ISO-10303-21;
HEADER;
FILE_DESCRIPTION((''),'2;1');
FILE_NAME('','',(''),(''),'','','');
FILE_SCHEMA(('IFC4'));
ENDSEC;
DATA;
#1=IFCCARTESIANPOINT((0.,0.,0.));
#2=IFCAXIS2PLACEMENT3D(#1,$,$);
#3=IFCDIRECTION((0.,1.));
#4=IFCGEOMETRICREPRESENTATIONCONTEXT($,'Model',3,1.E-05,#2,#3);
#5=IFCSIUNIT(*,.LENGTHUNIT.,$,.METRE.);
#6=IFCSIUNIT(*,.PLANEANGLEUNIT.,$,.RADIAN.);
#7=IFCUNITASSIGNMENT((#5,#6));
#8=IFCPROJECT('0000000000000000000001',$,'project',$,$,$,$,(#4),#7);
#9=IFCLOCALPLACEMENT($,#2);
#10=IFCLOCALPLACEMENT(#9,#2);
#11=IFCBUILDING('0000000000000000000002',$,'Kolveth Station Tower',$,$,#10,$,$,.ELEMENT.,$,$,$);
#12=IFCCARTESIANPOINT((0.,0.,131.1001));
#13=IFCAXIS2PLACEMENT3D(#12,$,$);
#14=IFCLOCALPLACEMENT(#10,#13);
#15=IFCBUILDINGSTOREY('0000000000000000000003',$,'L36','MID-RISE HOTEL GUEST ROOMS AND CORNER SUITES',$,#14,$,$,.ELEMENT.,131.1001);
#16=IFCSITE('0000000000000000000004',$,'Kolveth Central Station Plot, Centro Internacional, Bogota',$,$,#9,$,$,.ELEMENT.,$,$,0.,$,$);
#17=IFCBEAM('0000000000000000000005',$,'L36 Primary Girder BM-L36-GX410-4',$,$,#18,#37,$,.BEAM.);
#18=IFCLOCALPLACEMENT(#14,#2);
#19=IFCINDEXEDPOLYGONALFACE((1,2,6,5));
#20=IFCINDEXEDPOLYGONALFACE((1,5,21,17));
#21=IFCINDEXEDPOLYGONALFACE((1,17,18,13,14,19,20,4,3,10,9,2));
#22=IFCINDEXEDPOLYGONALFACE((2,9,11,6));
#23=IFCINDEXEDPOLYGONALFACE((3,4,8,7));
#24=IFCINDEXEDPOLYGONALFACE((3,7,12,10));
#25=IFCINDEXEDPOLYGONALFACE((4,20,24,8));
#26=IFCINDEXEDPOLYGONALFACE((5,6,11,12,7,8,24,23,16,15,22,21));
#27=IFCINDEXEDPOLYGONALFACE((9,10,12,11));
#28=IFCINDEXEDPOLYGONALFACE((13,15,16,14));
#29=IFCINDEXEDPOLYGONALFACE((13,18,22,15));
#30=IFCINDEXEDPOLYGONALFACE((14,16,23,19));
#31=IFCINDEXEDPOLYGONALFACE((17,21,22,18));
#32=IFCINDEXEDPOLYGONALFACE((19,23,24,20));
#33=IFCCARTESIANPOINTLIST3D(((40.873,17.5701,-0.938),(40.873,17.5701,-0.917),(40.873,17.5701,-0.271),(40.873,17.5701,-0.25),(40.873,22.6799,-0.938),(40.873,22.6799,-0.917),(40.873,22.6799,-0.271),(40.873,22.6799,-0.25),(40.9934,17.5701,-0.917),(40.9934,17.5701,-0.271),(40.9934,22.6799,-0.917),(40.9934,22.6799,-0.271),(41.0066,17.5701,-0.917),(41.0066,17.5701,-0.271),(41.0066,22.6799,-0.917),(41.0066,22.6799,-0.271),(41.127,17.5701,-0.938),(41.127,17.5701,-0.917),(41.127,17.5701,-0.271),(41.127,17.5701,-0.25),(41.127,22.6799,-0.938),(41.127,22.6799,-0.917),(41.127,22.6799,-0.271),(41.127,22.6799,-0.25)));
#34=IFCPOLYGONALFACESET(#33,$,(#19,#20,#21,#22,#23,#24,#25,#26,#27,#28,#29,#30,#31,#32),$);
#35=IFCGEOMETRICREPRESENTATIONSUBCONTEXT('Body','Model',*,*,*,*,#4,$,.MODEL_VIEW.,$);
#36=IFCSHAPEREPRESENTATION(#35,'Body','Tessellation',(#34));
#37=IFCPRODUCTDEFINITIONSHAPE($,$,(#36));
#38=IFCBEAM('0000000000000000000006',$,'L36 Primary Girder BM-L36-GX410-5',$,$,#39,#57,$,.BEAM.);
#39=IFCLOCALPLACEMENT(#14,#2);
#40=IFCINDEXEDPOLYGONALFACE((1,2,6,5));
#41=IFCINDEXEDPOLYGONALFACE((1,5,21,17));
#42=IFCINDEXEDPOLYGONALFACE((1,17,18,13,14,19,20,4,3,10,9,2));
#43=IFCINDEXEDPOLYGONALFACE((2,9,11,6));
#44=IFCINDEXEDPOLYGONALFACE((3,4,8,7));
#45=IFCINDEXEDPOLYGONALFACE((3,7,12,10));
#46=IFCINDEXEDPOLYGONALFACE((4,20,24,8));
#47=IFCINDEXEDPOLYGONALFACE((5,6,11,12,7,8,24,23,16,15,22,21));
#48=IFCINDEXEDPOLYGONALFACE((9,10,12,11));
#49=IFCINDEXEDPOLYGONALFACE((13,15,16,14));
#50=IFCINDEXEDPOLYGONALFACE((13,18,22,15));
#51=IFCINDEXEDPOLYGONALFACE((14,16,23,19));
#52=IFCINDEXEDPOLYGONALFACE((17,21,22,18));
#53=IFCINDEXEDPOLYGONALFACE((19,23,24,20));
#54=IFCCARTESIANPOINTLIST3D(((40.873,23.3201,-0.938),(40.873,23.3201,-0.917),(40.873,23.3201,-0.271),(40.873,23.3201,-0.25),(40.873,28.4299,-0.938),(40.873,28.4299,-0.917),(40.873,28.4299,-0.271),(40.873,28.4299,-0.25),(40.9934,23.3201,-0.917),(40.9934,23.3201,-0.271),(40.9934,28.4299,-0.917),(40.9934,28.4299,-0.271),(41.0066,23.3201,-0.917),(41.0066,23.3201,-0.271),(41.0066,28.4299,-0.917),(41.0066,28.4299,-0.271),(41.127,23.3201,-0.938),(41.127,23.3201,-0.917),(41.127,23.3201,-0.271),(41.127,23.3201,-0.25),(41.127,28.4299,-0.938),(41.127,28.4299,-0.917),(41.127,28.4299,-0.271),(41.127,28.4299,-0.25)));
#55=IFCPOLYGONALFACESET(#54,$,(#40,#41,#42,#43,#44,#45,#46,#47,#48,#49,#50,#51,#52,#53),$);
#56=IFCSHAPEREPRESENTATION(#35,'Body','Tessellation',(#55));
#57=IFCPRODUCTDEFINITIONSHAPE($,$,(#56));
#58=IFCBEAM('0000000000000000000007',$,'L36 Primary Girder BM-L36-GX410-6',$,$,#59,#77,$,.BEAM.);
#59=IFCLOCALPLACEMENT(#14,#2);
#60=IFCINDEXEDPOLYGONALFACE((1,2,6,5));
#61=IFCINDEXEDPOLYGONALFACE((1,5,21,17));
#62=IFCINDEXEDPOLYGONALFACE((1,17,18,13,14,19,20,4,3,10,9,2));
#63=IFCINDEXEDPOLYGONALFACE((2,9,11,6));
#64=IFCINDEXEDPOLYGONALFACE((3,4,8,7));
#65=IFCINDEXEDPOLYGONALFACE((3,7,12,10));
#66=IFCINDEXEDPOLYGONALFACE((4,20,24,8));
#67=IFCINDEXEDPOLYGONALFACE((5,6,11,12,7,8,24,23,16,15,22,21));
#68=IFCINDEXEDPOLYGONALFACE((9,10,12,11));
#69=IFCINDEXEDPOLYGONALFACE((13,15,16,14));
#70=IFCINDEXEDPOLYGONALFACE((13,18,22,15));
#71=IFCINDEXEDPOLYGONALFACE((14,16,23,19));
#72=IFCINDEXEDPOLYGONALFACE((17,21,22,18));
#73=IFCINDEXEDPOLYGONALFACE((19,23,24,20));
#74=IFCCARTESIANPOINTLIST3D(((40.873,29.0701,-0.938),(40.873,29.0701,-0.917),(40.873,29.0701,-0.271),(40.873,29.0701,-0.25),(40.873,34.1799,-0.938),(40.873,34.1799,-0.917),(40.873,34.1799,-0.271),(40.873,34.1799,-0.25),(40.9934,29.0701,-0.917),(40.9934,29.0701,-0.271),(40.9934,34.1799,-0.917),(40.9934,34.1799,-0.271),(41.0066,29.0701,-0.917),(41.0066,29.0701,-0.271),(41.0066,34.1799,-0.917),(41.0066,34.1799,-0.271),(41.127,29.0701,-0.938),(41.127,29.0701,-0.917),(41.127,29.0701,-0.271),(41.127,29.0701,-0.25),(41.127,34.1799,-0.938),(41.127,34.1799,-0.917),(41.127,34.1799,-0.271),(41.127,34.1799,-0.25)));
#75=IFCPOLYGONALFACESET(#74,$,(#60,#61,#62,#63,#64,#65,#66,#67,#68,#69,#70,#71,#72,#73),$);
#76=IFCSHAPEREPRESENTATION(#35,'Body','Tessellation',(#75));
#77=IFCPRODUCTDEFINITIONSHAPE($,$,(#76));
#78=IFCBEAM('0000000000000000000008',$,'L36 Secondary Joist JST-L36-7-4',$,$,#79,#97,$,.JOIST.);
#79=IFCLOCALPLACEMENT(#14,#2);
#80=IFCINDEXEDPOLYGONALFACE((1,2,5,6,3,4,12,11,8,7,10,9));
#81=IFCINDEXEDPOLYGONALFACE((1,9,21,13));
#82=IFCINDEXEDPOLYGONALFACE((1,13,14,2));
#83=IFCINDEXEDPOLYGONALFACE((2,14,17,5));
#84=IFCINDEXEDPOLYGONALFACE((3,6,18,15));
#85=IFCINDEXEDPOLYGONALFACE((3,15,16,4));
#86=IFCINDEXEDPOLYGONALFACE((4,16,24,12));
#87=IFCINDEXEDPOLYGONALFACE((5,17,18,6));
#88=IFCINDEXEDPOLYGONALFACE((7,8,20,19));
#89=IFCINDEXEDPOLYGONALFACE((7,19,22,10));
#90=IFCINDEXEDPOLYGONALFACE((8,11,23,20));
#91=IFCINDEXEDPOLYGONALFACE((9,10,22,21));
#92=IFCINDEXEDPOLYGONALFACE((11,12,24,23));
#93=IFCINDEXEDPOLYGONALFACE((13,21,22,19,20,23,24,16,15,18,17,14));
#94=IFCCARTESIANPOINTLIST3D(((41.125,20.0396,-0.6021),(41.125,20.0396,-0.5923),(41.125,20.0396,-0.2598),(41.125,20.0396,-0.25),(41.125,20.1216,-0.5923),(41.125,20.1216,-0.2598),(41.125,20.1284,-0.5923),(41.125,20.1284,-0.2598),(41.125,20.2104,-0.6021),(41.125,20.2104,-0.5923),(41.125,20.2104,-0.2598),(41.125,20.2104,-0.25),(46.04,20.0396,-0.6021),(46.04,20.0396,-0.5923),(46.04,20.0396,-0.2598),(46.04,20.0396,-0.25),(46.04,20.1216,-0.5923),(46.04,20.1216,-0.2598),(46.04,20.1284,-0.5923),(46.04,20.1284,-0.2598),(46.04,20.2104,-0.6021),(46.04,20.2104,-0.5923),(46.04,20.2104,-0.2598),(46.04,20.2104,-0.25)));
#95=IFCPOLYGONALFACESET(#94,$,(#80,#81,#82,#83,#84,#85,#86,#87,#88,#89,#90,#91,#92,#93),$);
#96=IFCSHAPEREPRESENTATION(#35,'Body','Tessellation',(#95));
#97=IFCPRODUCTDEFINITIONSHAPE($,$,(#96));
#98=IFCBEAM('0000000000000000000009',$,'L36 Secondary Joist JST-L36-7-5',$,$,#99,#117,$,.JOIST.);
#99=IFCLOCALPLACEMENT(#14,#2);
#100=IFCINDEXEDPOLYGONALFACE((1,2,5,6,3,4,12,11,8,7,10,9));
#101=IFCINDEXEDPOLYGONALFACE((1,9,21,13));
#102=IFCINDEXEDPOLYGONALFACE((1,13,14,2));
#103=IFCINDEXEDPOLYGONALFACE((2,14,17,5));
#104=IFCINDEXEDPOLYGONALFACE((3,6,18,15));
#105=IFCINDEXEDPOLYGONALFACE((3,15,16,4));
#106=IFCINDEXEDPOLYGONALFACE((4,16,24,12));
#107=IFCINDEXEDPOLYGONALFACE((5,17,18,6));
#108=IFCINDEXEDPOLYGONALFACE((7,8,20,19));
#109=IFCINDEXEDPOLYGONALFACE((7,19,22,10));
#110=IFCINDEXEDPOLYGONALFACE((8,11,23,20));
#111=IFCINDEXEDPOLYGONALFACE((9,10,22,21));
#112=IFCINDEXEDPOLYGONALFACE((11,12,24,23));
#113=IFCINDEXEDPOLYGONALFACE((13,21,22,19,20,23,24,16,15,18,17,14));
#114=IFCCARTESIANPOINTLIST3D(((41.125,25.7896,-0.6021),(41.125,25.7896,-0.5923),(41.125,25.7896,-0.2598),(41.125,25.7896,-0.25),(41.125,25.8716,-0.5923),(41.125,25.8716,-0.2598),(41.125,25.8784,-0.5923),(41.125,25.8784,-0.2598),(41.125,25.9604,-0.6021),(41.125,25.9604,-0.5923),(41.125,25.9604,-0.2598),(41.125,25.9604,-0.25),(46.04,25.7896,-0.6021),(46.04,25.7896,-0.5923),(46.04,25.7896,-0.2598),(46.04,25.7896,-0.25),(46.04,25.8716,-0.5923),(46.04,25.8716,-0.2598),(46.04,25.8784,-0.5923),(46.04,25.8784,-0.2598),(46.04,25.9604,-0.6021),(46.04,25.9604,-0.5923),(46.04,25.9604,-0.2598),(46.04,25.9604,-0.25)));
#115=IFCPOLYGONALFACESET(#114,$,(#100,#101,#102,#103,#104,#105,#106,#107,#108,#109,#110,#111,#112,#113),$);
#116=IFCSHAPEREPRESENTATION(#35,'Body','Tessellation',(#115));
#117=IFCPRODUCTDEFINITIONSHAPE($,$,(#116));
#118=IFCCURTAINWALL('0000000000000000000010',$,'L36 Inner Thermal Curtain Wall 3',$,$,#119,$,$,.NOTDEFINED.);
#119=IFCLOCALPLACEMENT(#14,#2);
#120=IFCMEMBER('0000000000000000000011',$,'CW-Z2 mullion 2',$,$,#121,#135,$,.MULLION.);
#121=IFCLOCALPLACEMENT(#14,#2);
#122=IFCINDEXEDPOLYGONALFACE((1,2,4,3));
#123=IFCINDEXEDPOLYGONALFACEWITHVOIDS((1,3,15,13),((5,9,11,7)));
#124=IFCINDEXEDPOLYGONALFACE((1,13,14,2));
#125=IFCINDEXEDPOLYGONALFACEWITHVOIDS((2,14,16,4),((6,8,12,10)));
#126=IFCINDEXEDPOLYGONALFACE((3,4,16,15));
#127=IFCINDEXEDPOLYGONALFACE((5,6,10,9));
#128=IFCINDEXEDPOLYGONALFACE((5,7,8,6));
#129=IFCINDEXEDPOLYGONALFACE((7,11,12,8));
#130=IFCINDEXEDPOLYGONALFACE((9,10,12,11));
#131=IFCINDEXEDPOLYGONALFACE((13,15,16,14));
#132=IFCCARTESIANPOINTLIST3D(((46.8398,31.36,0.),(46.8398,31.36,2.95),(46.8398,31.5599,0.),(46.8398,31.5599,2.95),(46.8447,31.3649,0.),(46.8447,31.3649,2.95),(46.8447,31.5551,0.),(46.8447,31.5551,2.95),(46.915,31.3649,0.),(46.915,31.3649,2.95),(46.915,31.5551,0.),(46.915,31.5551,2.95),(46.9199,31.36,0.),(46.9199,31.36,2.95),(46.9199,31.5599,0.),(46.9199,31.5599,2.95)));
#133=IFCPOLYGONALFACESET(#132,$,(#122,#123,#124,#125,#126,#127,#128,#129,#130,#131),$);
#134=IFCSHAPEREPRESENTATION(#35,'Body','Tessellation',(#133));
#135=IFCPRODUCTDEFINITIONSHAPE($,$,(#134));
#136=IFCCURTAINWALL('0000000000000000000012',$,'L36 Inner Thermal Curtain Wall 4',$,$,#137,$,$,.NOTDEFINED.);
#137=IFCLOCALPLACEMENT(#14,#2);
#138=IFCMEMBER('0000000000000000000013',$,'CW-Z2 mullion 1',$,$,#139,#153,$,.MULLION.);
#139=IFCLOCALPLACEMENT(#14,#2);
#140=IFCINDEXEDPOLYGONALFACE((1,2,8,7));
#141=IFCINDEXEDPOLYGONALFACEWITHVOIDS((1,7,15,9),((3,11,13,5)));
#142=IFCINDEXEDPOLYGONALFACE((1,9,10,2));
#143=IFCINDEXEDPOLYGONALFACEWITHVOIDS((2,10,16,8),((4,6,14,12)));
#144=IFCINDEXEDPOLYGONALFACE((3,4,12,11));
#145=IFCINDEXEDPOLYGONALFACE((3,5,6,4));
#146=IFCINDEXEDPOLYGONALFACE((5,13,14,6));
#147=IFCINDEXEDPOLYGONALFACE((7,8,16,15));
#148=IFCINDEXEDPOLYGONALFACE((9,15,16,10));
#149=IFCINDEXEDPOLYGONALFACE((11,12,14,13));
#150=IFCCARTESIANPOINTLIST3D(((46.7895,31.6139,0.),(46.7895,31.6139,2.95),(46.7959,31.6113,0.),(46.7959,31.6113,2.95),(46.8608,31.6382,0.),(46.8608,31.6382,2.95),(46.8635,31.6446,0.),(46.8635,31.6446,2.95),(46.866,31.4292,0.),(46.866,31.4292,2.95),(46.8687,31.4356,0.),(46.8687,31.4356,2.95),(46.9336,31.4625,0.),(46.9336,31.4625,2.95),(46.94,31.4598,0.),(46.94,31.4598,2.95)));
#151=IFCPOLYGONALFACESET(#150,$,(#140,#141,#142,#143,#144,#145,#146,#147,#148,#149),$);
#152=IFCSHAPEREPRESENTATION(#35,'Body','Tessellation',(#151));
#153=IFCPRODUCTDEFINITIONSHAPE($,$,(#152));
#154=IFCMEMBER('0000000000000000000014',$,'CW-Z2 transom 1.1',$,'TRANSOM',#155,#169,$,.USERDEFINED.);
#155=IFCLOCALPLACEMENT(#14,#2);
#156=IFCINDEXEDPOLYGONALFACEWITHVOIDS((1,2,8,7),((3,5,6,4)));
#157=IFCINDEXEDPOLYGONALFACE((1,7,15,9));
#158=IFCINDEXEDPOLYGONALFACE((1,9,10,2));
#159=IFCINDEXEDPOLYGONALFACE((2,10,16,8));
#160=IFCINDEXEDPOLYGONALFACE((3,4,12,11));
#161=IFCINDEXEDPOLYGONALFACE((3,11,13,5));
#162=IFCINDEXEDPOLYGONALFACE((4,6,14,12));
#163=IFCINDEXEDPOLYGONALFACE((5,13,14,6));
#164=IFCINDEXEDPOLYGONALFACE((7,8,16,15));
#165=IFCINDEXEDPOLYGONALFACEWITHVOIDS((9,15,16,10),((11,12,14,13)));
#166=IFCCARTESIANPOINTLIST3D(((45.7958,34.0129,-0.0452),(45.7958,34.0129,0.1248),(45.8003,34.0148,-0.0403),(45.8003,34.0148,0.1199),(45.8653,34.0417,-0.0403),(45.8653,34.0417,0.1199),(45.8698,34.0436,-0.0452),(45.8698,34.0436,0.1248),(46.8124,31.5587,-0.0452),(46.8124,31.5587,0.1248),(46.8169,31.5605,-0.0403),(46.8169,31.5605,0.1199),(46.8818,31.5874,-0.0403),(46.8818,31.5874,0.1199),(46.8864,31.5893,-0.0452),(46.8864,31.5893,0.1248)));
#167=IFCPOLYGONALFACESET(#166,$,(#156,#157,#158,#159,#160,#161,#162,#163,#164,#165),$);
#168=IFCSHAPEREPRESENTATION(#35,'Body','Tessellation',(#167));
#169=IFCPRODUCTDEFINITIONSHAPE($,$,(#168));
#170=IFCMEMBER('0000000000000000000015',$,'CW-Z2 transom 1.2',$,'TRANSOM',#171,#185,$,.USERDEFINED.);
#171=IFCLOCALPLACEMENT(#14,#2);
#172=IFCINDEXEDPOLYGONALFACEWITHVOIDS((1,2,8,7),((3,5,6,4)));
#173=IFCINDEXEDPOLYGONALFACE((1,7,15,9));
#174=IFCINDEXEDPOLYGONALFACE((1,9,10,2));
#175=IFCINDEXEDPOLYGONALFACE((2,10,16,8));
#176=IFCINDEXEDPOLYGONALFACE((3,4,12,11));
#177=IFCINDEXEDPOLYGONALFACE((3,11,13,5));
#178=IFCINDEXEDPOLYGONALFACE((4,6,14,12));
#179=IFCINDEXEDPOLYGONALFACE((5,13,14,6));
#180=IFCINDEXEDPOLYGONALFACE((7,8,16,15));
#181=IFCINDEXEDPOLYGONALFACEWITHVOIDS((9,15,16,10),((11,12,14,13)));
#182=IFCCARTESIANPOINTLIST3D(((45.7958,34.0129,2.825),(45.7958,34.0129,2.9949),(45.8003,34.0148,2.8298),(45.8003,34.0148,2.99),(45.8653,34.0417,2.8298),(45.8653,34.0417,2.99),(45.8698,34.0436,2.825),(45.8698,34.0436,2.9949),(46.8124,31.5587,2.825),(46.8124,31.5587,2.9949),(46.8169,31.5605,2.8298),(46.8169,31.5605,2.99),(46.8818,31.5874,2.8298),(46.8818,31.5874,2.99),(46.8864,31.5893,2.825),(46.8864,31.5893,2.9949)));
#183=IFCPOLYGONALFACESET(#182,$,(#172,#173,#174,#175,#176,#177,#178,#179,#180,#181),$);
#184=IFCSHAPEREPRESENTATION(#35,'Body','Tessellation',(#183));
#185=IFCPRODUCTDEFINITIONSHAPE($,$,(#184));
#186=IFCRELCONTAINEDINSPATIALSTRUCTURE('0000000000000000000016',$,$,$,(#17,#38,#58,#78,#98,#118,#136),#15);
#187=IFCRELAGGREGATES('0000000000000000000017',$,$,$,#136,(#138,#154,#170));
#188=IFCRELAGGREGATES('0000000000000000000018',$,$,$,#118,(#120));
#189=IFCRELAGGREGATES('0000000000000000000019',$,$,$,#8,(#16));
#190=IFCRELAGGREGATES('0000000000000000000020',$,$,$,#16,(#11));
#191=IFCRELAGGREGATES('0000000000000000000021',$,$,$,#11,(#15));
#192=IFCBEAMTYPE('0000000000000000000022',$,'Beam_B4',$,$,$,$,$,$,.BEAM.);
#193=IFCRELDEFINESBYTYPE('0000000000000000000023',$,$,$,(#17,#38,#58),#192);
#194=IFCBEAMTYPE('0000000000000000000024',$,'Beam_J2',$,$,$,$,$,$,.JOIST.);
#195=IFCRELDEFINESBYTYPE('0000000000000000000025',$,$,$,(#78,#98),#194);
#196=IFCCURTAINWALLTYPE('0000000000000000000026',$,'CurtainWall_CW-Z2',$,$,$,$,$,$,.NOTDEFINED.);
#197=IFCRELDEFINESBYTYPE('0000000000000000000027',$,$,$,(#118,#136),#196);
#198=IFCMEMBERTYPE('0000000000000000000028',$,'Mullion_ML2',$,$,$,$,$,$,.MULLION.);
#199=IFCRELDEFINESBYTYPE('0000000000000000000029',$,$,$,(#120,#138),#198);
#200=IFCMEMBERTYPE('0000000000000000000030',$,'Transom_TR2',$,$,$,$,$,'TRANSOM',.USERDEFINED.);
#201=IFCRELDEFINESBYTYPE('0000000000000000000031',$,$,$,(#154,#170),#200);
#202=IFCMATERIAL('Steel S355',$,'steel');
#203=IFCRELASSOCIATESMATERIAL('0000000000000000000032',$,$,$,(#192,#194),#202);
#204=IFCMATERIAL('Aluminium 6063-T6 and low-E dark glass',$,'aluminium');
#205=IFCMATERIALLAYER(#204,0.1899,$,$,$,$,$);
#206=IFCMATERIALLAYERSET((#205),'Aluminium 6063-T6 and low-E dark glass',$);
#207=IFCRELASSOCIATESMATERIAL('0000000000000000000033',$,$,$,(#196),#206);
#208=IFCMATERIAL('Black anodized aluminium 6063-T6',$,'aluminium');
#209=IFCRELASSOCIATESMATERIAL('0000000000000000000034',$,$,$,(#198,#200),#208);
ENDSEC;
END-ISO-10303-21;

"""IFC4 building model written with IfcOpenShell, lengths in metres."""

from ifc_helpers import new_model, si_unit, direction, frame, origin, origin_2d, place, context, subcontext, project, spatial, hollow_rectangle, i_section, extrude, source, transform, mapped, material, layer, layer_set, material_profile, profile_set, type_object, element, aggregate, save


model = new_model("IFC4")

# Units and contexts
model_context = context("Model", 3, precision=1e-05, world=origin(), true_north=direction((0.0, 1.0)))
body_context = subcontext(model_context, "Body", "Model", "MODEL_VIEW")
ifc_project = project(units=[si_unit("LENGTHUNIT", "METRE"), si_unit("PLANEANGLEUNIT", "RADIAN")], contexts=[model_context])

# Site, building, storey
site_placement = place(None, origin())
site = spatial("IfcSite", under=ifc_project, at=site_placement, Name="Kolveth Central Station Plot, Centro Internacional, Bogota", CompositionType="ELEMENT", RefElevation=0.0)
building_placement = place(site_placement, origin())
building = spatial("IfcBuilding", under=site, at=building_placement, Name="Kolveth Station Tower", CompositionType="ELEMENT")
storey_placement = place(building_placement, frame((0.0, 0.0, 131.1001)))
storey = spatial("IfcBuildingStorey", under=building, at=storey_placement, Name="L36", Description="MID-RISE HOTEL GUEST ROOMS AND CORNER SUITES", CompositionType="ELEMENT", Elevation=131.1001)

# Beams
ifc_material_1 = material(Name="Steel S355", Category="steel")
ifc_material_profile_1 = material_profile(ifc_material_1, i_section(OverallWidth=0.2539, OverallDepth=0.688, WebThickness=0.0132, FlangeThickness=0.021, at=origin_2d()), Name="W690x152")
ifc_profile_set_1 = profile_set([ifc_material_profile_1], Name="Steel S355")
beam_type_1 = type_object("IfcBeamType", Name="Beam_B4", PredefinedType="BEAM", material=ifc_profile_set_1)
shared_shape_1 = source(origin(), body_context, "Body", "SweptSolid", [
    extrude(i_section(OverallWidth=0.2539, OverallDepth=0.688, WebThickness=0.0132, FlangeThickness=0.021, at=origin_2d()), origin(), (0.0, 0.0, 1.0), 5.1099),
])
for number, where, z_axis, x_axis, name in (
    (1, (41.0, 17.5701, -0.594), (0.0, 1.0, 0.0), (-1.0, 0.0, 0.0), "L36 Primary Girder BM-L36-GX410-4"),
    (2, (41.0, 23.3201, -0.594), (0.0, 1.0, 0.0), (-1.0, 0.0, 0.0), "L36 Primary Girder BM-L36-GX410-5"),
    (3, (41.0, 29.0701, -0.594), (0.0, 1.0, 0.0), (-1.0, 0.0, 0.0), "L36 Primary Girder BM-L36-GX410-6"),
):
    element("IfcBeam", number, at=place(storey_placement, frame(where, z_axis=z_axis, x_axis=x_axis)), inside=storey, type_object=beam_type_1, Name=name, PredefinedType="BEAM", context=body_context, shape_type="MappedRepresentation", body=[
        mapped(shared_shape_1, transform((0.0, 0.0, 0.0), x_axis=(1.0, 0.0, 0.0), y_axis=(0.0, 1.0, 0.0), z_axis=(0.0, 0.0, 1.0), scale=1.0)),
    ])
ifc_material_profile_2 = material_profile(ifc_material_1, i_section(OverallWidth=0.1709, OverallDepth=0.3521, WebThickness=0.0068, FlangeThickness=0.0098, at=origin_2d()), Name="W360x44")
ifc_profile_set_2 = profile_set([ifc_material_profile_2], Name="Steel S355")
beam_type_2 = type_object("IfcBeamType", Name="Beam_J2", PredefinedType="JOIST", material=ifc_profile_set_2)
shared_shape_2 = source(origin(), body_context, "Body", "SweptSolid", [
    extrude(i_section(OverallWidth=0.1709, OverallDepth=0.3521, WebThickness=0.0068, FlangeThickness=0.0098, at=origin_2d()), origin(), (0.0, 0.0, 1.0), 4.915),
])
for number, where, z_axis, x_axis, name in (
    (4, (41.125, 20.125, -0.426), (1.0, 0.0, 0.0), (0.0, 1.0, 0.0), "L36 Secondary Joist JST-L36-7-4"),
    (5, (41.125, 25.875, -0.426), (1.0, 0.0, 0.0), (0.0, 1.0, 0.0), "L36 Secondary Joist JST-L36-7-5"),
):
    element("IfcBeam", number, at=place(storey_placement, frame(where, z_axis=z_axis, x_axis=x_axis)), inside=storey, type_object=beam_type_2, Name=name, PredefinedType="JOIST", context=body_context, shape_type="MappedRepresentation", body=[
        mapped(shared_shape_2, transform((0.0, 0.0, 0.0), x_axis=(1.0, 0.0, 0.0), y_axis=(0.0, 1.0, 0.0), z_axis=(0.0, 0.0, 1.0), scale=1.0)),
    ])

# Curtain wall, member
ifc_material_2 = material(Name="Aluminium 6063-T6 and low-E dark glass", Category="aluminium")
ifc_layer_1 = layer(ifc_material_2, 0.1899)
ifc_layer_set_1 = layer_set([ifc_layer_1], Name="Aluminium 6063-T6 and low-E dark glass")
curtain_wall_type = type_object("IfcCurtainWallType", Name="CurtainWall_CW-Z2", PredefinedType="NOTDEFINED", material=ifc_layer_set_1)
curtain_wall_1_placement = place(storey_placement, origin())
curtain_wall_1 = element("IfcCurtainWall", 6, at=curtain_wall_1_placement, inside=storey, type_object=curtain_wall_type, Name="L36 Inner Thermal Curtain Wall 3", PredefinedType="NOTDEFINED")
ifc_material_3 = material(Name="Black anodized aluminium 6063-T6", Category="aluminium")
ifc_material_profile_3 = material_profile(ifc_material_3, hollow_rectangle(XDim=0.0801, YDim=0.2, WallThickness=0.0049, at=origin_2d()), Name="ALU-80x200x5")
ifc_profile_set_3 = profile_set([ifc_material_profile_3], Name="Black anodized aluminium 6063-T6")
member_type_1 = type_object("IfcMemberType", Name="Mullion_ML2", PredefinedType="MULLION", material=ifc_profile_set_3)
shared_shape_3 = source(origin(), body_context, "Body", "SweptSolid", [
    extrude(hollow_rectangle(XDim=0.0801, YDim=0.2, WallThickness=0.0049, at=origin_2d()), origin(), (0.0, 0.0, 1.0), 2.95),
])
member_1_placement = place(storey_placement, frame((46.8799, 31.46, 0.0), z_axis=(0.0, 0.0, 1.0), x_axis=(-1.0, 0.0, 0.0)))
member_1 = element("IfcMember", 7, at=member_1_placement, type_object=member_type_1, Name="CW-Z2 mullion 2", PredefinedType="MULLION", context=body_context, shape_type="MappedRepresentation", body=[
    mapped(shared_shape_3, transform((0.0, 0.0, 0.0), x_axis=(1.0, 0.0, 0.0), y_axis=(0.0, 1.0, 0.0), z_axis=(0.0, 0.0, 1.0), scale=1.0)),
])

# Curtain wall, members
curtain_wall_2_placement = place(storey_placement, origin())
curtain_wall_2 = element("IfcCurtainWall", 8, at=curtain_wall_2_placement, inside=storey, type_object=curtain_wall_type, Name="L36 Inner Thermal Curtain Wall 4", PredefinedType="NOTDEFINED")
member_2_placement = place(storey_placement, frame((46.8647, 31.5369, 0.0), z_axis=(0.0, 0.0, 1.0), x_axis=(-0.923888, -0.382663, 0.0)))
member_2 = element("IfcMember", 9, at=member_2_placement, type_object=member_type_1, Name="CW-Z2 mullion 1", PredefinedType="MULLION", context=body_context, shape_type="MappedRepresentation", body=[
    mapped(shared_shape_3, transform((0.0, 0.0, 0.0), x_axis=(1.0, 0.0, 0.0), y_axis=(0.0, 1.0, 0.0), z_axis=(0.0, 0.0, 1.0), scale=1.0)),
])
ifc_material_profile_4 = material_profile(ifc_material_3, hollow_rectangle(XDim=0.0801, YDim=0.1699, WallThickness=0.0049, at=origin_2d()), Name="ALU-80x170x5")
ifc_profile_set_4 = profile_set([ifc_material_profile_4], Name="Black anodized aluminium 6063-T6")
member_type_2 = type_object("IfcMemberType", Name="Transom_TR2", ElementType="TRANSOM", PredefinedType="USERDEFINED", material=ifc_profile_set_4)
shared_shape_4 = source(origin(), body_context, "Body", "SweptSolid", [
    extrude(hollow_rectangle(XDim=0.0801, YDim=0.1699, WallThickness=0.0049, at=origin_2d()), origin(), (0.0, 0.0, 1.0), 2.6565),
])
member_3_placement = place(storey_placement, frame((46.8494, 31.574, 0.0398), z_axis=(-0.382676, 0.923882, 0.0), x_axis=(-0.923882, -0.382676, 0.0)))
member_3 = element("IfcMember", 10, at=member_3_placement, type_object=member_type_2, Name="CW-Z2 transom 1.1", ObjectType="TRANSOM", PredefinedType="USERDEFINED", context=body_context, shape_type="MappedRepresentation", body=[
    mapped(shared_shape_4, transform((0.0, 0.0, 0.0), x_axis=(1.0, 0.0, 0.0), y_axis=(0.0, 1.0, 0.0), z_axis=(0.0, 0.0, 1.0), scale=1.0)),
])
member_4_placement = place(storey_placement, frame((46.8494, 31.574, 2.9099), z_axis=(-0.382676, 0.923882, 0.0), x_axis=(-0.923882, -0.382676, 0.0)))
member_4 = element("IfcMember", 11, at=member_4_placement, type_object=member_type_2, Name="CW-Z2 transom 1.2", ObjectType="TRANSOM", PredefinedType="USERDEFINED", context=body_context, shape_type="MappedRepresentation", body=[
    mapped(shared_shape_4, transform((0.0, 0.0, 0.0), x_axis=(1.0, 0.0, 0.0), y_axis=(0.0, 1.0, 0.0), z_axis=(0.0, 0.0, 1.0), scale=1.0)),
])
aggregate(curtain_wall_2, [member_2, member_3, member_4])

aggregate(curtain_wall_1, [member_1])

save(model, "model.ifc")
